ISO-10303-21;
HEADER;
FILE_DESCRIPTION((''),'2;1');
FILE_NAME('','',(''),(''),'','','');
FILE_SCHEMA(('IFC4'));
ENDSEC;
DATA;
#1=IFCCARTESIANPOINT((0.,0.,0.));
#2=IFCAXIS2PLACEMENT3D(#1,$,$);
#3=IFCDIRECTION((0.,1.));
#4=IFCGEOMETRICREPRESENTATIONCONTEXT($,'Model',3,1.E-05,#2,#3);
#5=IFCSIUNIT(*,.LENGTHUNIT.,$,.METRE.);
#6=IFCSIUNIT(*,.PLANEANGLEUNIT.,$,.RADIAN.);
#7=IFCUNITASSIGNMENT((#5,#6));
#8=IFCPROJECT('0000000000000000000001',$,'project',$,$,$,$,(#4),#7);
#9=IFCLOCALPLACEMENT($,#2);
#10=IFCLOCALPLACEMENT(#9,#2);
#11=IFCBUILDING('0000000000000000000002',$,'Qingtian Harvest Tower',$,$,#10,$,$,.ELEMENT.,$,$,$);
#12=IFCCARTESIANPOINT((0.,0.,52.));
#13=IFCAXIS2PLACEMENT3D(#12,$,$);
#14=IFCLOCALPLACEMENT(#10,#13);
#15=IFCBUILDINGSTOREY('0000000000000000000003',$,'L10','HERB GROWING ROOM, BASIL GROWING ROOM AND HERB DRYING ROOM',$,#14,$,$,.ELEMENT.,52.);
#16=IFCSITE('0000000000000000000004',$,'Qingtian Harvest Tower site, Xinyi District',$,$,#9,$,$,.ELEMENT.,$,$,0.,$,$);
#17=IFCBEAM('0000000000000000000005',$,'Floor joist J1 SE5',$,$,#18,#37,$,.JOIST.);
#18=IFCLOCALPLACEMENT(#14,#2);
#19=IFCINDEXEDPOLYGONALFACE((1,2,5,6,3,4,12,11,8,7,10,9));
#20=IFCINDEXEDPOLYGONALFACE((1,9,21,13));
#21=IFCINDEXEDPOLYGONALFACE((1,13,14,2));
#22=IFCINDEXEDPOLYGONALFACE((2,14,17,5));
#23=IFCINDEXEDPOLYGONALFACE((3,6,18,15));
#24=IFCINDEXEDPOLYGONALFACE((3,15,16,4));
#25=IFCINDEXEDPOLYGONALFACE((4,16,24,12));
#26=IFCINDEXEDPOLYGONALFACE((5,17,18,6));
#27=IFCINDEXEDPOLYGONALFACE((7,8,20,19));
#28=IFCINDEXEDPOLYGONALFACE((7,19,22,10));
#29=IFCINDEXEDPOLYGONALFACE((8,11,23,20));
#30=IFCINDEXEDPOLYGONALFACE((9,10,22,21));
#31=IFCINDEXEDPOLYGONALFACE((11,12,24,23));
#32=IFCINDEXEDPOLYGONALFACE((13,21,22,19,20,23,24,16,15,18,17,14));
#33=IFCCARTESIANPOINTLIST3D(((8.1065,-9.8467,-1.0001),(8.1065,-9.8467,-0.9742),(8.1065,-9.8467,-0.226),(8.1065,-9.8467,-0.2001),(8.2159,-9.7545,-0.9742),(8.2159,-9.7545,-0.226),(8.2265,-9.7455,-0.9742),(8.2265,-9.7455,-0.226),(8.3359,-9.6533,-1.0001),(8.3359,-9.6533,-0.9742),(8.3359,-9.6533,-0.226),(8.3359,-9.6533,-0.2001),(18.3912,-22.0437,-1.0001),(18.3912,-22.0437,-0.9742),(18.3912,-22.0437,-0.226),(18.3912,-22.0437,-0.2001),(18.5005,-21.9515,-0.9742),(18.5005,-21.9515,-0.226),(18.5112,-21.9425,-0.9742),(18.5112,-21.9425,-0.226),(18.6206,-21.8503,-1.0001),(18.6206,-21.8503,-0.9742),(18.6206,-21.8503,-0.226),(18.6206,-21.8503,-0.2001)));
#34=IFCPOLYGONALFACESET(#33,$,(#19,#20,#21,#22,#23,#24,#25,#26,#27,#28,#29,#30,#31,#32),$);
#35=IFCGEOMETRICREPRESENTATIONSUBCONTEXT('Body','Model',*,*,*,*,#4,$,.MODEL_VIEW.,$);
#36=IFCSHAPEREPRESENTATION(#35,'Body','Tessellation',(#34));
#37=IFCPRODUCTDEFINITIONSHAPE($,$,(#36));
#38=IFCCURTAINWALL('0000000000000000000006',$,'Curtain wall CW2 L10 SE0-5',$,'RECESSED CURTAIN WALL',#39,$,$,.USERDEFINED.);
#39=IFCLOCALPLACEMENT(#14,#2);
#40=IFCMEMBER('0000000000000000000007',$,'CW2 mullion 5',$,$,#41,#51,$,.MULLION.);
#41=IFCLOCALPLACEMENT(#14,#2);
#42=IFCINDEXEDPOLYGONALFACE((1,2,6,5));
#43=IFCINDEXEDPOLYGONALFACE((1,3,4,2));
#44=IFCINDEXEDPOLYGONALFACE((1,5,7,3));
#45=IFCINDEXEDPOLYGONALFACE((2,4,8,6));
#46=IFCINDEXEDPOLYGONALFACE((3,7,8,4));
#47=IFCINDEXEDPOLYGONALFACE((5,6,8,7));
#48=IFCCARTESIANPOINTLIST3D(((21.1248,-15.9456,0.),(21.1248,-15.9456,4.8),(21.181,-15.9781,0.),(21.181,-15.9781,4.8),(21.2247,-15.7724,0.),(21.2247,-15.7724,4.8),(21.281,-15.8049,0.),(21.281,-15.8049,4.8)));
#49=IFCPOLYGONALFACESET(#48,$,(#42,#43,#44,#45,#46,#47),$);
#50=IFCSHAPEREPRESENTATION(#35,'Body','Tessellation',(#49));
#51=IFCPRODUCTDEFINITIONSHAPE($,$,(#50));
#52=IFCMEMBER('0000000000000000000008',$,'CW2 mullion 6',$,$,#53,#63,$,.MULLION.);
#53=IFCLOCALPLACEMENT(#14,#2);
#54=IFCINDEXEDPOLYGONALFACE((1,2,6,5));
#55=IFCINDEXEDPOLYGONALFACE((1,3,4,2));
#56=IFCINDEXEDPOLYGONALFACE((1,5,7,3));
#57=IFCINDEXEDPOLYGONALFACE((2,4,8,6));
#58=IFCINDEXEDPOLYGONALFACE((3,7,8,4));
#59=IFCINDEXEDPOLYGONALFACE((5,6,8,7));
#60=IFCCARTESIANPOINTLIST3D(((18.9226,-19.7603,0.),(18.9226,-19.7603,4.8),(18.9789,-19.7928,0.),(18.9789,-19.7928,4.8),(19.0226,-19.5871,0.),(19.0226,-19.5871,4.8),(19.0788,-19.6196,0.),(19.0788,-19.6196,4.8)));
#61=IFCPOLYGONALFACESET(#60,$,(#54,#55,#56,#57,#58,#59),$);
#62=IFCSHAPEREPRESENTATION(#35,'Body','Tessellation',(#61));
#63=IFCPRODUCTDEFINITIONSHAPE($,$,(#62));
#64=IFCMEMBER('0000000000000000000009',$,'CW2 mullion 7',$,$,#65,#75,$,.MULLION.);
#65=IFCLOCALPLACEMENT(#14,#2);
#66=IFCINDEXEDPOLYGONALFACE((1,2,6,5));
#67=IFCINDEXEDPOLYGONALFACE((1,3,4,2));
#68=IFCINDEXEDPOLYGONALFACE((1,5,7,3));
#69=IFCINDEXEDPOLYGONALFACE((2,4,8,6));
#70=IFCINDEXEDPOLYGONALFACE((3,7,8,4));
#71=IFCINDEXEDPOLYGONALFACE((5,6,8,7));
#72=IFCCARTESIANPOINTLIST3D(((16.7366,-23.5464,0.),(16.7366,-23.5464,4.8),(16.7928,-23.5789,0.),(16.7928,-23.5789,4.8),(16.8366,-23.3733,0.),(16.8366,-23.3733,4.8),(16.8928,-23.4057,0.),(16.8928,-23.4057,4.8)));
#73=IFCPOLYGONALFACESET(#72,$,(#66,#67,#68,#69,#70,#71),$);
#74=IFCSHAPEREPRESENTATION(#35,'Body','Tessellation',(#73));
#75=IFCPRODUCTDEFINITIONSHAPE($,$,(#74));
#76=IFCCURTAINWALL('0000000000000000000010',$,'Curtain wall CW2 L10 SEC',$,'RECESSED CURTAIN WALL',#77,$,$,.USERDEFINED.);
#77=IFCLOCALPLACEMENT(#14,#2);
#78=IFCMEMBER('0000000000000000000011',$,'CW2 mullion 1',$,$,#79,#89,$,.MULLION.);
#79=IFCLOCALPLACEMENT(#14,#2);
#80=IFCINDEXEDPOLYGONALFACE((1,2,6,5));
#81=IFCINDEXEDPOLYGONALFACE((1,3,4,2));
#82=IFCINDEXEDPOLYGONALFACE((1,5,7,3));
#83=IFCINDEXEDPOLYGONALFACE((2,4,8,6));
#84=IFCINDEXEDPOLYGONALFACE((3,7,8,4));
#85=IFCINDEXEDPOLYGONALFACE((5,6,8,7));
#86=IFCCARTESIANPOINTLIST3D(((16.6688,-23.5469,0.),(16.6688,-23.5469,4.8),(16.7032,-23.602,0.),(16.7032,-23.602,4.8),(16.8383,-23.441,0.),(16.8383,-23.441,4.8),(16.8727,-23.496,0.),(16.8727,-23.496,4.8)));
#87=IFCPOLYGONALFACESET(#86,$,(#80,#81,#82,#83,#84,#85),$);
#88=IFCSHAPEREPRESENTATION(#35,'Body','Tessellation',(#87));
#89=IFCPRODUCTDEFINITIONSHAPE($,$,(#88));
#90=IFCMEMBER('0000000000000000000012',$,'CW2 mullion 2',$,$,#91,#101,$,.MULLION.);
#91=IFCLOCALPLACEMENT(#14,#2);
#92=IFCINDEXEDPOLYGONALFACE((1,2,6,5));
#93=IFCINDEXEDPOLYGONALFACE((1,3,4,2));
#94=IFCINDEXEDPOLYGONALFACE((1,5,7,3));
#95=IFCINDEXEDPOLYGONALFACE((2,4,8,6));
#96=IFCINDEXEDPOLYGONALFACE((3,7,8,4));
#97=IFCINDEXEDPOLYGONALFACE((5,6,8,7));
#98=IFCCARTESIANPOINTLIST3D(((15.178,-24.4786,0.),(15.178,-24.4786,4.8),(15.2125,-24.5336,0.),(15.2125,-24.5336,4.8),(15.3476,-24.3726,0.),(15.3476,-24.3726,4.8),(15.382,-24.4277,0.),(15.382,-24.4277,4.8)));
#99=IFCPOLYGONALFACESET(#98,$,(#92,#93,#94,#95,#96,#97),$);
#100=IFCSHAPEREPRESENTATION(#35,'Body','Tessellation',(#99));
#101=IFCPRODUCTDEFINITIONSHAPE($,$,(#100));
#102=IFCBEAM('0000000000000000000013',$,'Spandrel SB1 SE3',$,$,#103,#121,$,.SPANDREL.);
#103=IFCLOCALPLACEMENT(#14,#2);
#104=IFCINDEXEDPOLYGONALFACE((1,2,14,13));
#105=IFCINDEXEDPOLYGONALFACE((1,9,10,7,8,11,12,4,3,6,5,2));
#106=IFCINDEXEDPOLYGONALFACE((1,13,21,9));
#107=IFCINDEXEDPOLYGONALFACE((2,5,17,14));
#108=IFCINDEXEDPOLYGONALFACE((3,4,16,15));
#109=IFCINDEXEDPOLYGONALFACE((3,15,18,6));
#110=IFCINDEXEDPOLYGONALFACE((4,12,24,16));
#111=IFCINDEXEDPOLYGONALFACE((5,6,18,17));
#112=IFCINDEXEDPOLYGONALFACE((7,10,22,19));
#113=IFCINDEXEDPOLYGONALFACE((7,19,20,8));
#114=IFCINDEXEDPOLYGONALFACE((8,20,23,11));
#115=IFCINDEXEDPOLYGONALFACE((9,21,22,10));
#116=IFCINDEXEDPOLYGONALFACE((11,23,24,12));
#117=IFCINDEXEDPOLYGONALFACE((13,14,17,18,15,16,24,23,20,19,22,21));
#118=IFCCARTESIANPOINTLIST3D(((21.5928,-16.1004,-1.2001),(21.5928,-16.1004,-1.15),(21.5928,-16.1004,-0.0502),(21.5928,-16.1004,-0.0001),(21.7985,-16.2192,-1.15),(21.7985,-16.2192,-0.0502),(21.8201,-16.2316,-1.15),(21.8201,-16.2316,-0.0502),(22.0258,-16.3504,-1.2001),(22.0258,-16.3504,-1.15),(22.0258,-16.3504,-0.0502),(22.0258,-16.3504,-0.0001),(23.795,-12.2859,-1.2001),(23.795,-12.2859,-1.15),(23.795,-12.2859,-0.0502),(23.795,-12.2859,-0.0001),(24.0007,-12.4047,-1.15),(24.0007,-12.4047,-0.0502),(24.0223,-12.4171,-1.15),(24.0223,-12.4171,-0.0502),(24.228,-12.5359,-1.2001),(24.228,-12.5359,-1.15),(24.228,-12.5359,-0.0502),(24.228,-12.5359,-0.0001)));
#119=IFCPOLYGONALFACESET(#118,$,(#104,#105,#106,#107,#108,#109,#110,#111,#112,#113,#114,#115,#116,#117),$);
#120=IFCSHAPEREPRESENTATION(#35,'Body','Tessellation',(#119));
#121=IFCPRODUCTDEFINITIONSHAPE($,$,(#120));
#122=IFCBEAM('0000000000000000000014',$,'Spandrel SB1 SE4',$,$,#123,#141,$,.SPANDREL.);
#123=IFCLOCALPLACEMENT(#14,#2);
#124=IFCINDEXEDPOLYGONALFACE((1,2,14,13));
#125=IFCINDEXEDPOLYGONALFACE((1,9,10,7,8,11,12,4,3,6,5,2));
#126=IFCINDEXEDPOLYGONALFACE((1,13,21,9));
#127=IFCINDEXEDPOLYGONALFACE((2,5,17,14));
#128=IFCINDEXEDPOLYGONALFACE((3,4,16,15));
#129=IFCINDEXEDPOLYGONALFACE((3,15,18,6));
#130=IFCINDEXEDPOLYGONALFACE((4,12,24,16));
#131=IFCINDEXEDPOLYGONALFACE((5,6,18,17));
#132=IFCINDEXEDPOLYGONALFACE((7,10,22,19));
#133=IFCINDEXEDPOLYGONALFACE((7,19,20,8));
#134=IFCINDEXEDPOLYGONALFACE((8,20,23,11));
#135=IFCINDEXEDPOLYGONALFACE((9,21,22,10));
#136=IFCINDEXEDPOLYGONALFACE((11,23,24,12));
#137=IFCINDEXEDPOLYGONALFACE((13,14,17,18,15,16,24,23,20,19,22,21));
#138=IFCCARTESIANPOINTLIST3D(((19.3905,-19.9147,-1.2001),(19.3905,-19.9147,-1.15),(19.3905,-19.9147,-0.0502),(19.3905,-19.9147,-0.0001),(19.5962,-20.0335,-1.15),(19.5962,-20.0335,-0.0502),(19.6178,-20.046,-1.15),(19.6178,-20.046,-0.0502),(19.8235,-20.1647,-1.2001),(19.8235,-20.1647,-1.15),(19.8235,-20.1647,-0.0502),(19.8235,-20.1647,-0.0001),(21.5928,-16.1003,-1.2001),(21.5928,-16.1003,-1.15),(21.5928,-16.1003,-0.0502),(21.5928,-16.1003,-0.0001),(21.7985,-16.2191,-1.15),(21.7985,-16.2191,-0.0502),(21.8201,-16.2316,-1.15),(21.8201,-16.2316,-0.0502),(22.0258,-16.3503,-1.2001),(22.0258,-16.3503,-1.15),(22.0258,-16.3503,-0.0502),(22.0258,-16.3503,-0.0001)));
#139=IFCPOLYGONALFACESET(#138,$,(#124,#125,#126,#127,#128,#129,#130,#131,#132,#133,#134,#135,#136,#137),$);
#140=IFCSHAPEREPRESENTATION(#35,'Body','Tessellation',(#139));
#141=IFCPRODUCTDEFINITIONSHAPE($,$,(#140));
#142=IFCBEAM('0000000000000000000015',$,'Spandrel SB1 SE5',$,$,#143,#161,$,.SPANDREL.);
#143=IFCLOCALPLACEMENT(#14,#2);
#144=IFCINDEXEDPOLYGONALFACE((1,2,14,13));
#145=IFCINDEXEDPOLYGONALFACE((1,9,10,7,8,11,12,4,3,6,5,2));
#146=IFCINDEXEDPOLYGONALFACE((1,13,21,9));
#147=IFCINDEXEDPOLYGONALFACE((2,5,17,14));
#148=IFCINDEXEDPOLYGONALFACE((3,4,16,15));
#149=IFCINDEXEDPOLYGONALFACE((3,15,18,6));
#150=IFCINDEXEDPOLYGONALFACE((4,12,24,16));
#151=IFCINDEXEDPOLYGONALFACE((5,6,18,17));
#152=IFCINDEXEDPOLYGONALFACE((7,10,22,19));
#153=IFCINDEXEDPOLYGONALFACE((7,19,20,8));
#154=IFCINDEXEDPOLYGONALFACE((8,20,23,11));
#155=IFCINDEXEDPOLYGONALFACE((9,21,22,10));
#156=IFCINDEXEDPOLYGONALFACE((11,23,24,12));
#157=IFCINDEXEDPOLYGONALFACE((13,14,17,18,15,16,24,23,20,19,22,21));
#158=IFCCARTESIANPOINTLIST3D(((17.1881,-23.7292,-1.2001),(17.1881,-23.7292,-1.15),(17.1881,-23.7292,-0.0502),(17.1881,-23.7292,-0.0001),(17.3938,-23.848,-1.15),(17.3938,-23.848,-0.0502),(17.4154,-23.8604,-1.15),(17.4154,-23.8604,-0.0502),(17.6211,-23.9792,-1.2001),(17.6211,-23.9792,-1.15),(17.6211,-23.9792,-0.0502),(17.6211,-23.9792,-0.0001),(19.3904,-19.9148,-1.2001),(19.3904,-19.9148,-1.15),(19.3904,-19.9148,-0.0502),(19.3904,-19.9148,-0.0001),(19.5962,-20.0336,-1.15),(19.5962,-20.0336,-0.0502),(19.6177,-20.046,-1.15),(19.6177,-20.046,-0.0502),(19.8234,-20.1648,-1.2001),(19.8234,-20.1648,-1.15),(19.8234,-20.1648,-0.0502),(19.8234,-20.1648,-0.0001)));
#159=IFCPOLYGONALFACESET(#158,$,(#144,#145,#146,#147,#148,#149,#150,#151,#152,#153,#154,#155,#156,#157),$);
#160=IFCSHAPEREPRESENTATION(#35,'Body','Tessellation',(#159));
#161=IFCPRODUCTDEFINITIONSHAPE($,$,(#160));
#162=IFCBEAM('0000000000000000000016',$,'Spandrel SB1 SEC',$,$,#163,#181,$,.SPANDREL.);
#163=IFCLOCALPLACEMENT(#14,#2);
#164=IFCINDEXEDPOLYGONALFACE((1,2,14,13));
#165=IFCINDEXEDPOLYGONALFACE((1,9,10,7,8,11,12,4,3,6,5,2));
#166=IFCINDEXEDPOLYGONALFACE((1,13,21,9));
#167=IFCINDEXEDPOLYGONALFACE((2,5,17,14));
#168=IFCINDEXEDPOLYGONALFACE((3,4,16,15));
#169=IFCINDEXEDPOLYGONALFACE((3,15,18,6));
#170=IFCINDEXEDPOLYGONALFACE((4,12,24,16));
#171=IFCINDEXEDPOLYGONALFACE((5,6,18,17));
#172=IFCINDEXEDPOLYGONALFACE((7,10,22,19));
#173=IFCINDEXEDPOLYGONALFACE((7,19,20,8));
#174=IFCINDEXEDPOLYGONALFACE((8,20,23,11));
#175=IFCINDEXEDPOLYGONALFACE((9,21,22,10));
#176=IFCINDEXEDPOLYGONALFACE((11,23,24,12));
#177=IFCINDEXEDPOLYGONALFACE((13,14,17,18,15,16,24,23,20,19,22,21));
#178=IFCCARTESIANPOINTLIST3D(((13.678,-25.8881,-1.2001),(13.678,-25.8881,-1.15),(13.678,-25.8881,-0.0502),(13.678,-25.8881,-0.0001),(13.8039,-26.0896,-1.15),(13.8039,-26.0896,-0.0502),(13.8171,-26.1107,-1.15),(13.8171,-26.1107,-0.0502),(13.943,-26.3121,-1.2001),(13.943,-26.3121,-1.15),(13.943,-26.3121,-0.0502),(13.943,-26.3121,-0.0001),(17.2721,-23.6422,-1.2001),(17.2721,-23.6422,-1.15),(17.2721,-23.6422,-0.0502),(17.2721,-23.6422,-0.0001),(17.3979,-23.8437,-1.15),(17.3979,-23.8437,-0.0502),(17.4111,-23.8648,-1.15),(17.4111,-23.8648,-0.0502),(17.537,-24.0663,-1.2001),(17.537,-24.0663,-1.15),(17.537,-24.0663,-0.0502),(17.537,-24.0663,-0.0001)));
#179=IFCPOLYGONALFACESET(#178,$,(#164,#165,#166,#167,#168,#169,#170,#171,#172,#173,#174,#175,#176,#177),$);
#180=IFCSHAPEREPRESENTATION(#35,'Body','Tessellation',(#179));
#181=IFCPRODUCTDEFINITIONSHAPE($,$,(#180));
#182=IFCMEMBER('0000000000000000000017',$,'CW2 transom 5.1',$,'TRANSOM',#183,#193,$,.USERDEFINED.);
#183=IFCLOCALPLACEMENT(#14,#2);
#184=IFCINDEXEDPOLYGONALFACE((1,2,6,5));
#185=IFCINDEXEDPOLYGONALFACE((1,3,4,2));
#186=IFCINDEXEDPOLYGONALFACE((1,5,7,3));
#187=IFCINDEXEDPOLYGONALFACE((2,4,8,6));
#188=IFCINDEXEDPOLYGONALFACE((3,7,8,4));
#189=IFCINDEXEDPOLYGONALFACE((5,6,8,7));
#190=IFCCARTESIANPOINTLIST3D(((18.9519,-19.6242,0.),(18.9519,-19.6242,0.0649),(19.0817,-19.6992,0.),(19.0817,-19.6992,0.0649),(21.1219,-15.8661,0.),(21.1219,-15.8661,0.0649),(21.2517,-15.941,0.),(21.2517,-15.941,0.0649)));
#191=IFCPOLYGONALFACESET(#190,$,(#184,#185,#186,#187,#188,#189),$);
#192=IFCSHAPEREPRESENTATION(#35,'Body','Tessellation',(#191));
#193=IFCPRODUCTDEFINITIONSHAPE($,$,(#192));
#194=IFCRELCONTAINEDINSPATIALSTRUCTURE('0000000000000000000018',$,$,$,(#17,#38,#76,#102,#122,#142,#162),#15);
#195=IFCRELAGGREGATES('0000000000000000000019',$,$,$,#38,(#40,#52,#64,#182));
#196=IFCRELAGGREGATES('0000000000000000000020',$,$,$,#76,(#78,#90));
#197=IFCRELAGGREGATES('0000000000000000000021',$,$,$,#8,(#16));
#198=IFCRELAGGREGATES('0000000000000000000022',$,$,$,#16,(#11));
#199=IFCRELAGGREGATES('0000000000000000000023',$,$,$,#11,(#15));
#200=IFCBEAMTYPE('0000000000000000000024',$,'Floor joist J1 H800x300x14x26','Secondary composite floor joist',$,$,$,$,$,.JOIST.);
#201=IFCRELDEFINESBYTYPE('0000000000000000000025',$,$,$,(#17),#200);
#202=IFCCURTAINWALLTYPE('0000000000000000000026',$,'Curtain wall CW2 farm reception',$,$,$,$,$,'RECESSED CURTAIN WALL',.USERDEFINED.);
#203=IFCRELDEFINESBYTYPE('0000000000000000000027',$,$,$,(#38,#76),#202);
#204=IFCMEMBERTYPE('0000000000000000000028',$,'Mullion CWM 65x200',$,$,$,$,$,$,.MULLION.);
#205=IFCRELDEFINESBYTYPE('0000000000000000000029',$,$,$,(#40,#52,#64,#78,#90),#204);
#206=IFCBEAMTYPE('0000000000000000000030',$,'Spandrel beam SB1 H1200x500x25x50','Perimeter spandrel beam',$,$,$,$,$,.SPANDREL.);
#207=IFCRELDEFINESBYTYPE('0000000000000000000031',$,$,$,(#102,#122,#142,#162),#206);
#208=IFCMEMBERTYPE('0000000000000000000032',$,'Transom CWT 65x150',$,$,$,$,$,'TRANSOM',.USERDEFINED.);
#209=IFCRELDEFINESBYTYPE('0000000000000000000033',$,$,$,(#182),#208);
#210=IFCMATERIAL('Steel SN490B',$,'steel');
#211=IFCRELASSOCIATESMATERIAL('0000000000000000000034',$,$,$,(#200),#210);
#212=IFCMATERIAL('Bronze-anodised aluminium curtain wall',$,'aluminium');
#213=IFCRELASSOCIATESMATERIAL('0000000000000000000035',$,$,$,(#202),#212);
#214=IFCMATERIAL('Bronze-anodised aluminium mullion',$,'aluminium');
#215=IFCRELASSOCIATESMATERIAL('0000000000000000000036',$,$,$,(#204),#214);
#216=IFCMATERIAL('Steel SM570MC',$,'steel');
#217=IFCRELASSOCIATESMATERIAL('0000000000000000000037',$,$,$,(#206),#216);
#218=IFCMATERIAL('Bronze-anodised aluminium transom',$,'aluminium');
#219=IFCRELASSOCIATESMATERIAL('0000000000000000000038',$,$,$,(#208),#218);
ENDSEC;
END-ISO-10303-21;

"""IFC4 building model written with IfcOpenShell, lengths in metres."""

from ifc_helpers import new_model, si_unit, direction, frame, origin, origin_2d, place, context, subcontext, project, spatial, rectangle, i_section, extrude, material, material_profile, profile_set, type_object, element, aggregate, save


model = new_model("IFC4")

# Units and contexts
model_context = context("Model", 3, precision=1e-05, world=origin(), true_north=direction((0.0, 1.0)))
body_context = subcontext(model_context, "Body", "Model", "MODEL_VIEW")
ifc_project = project(units=[si_unit("LENGTHUNIT", "METRE"), si_unit("PLANEANGLEUNIT", "RADIAN")], contexts=[model_context])

# Site, building, storey
site_placement = place(None, origin())
site = spatial("IfcSite", under=ifc_project, at=site_placement, Name="Qingtian Harvest Tower site, Xinyi District", CompositionType="ELEMENT", RefElevation=0.0)
building_placement = place(site_placement, origin())
building = spatial("IfcBuilding", under=site, at=building_placement, Name="Qingtian Harvest Tower", CompositionType="ELEMENT")
storey_placement = place(building_placement, frame((0.0, 0.0, 52.0)))
storey = spatial("IfcBuildingStorey", under=building, at=storey_placement, Name="L10", Description="HERB GROWING ROOM, BASIL GROWING ROOM AND HERB DRYING ROOM", CompositionType="ELEMENT", Elevation=52.0)

# Beam
ifc_material_1 = material(Name="Steel SN490B", Category="steel")
ifc_material_profile_1 = material_profile(ifc_material_1, i_section(OverallWidth=0.3, OverallDepth=0.8, WebThickness=0.0139, FlangeThickness=0.0259, at=origin_2d()), Name="H800x300x14x26")
ifc_profile_set_1 = profile_set([ifc_material_profile_1], Name="Steel SN490B")
beam_type_1 = type_object("IfcBeamType", Name="Floor joist J1 H800x300x14x26", Description="Secondary composite floor joist", PredefinedType="JOIST", material=ifc_profile_set_1)
beam_1_placement = place(storey_placement, frame((18.5059, -21.947, -0.6001), z_axis=(-0.64463, 0.764494, 0.0), x_axis=(-0.764494, -0.64463, 0.0)))
element("IfcBeam", 1, at=beam_1_placement, inside=storey, type_object=beam_type_1, Name="Floor joist J1 SE5", PredefinedType="JOIST", context=body_context, shape_type="SweptSolid", body=[
    extrude(i_section(OverallWidth=0.3, OverallDepth=0.8, WebThickness=0.0139, FlangeThickness=0.0259, at=origin_2d()), origin(), (0.0, 0.0, 1.0), 15.9543),
])

# Curtain walls, members
ifc_material_2 = material(Name="Bronze-anodised aluminium curtain wall", Category="aluminium")
curtain_wall_type = type_object("IfcCurtainWallType", Name="Curtain wall CW2 farm reception", ElementType="RECESSED CURTAIN WALL", PredefinedType="USERDEFINED", material=ifc_material_2)
curtain_wall_1_placement = place(storey_placement, origin())
curtain_wall_1 = element("IfcCurtainWall", 2, at=curtain_wall_1_placement, inside=storey, type_object=curtain_wall_type, Name="Curtain wall CW2 L10 SE0-5", ObjectType="RECESSED CURTAIN WALL", PredefinedType="USERDEFINED")
ifc_material_3 = material(Name="Bronze-anodised aluminium mullion", Category="aluminium")
ifc_material_profile_2 = material_profile(ifc_material_3, rectangle(XDim=0.0649, YDim=0.2, at=origin_2d()), Name="AL 65x200")
ifc_profile_set_2 = profile_set([ifc_material_profile_2], Name="Bronze-anodised aluminium mullion")
member_type_1 = type_object("IfcMemberType", Name="Mullion CWM 65x200", PredefinedType="MULLION", material=ifc_profile_set_2)
member_1_placement = place(storey_placement, frame((21.2029, -15.8752, 0.0), z_axis=(0.0, 0.0, 1.0), x_axis=(0.866025, -0.5, 0.0)))
member_1 = element("IfcMember", 3, at=member_1_placement, type_object=member_type_1, Name="CW2 mullion 5", PredefinedType="MULLION", context=body_context, shape_type="SweptSolid", body=[
    extrude(rectangle(XDim=0.0649, YDim=0.2, at=origin_2d()), origin(), (0.0, 0.0, 1.0), 4.8),
])
member_2_placement = place(storey_placement, frame((19.0007, -19.6899, 0.0), z_axis=(0.0, 0.0, 1.0), x_axis=(0.866025, -0.5, 0.0)))
member_2 = element("IfcMember", 4, at=member_2_placement, type_object=member_type_1, Name="CW2 mullion 6", PredefinedType="MULLION", context=body_context, shape_type="SweptSolid", body=[
    extrude(rectangle(XDim=0.0649, YDim=0.2, at=origin_2d()), origin(), (0.0, 0.0, 1.0), 4.8),
])
member_3_placement = place(storey_placement, frame((16.8147, -23.4761, 0.0), z_axis=(0.0, 0.0, 1.0), x_axis=(0.866025, -0.5, 0.0)))
member_3 = element("IfcMember", 5, at=member_3_placement, type_object=member_type_1, Name="CW2 mullion 7", PredefinedType="MULLION", context=body_context, shape_type="SweptSolid", body=[
    extrude(rectangle(XDim=0.0649, YDim=0.2, at=origin_2d()), origin(), (0.0, 0.0, 1.0), 4.8),
])
curtain_wall_2_placement = place(storey_placement, origin())
curtain_wall_2 = element("IfcCurtainWall", 6, at=curtain_wall_2_placement, inside=storey, type_object=curtain_wall_type, Name="Curtain wall CW2 L10 SEC", ObjectType="RECESSED CURTAIN WALL", PredefinedType="USERDEFINED")
member_4_placement = place(storey_placement, frame((16.7708, -23.5215, 0.0), z_axis=(0.0, 0.0, 1.0), x_axis=(0.529919, -0.848048, 0.0)))
member_4 = element("IfcMember", 7, at=member_4_placement, type_object=member_type_1, Name="CW2 mullion 1", PredefinedType="MULLION", context=body_context, shape_type="SweptSolid", body=[
    extrude(rectangle(XDim=0.0649, YDim=0.2, at=origin_2d()), origin(), (0.0, 0.0, 1.0), 4.8),
])
member_5_placement = place(storey_placement, frame((15.28, -24.4531, 0.0), z_axis=(0.0, 0.0, 1.0), x_axis=(0.529919, -0.848048, 0.0)))
member_5 = element("IfcMember", 8, at=member_5_placement, type_object=member_type_1, Name="CW2 mullion 2", PredefinedType="MULLION", context=body_context, shape_type="SweptSolid", body=[
    extrude(rectangle(XDim=0.0649, YDim=0.2, at=origin_2d()), origin(), (0.0, 0.0, 1.0), 4.8),
])

# Beams
ifc_material_4 = material(Name="Steel SM570MC", Category="steel")
ifc_material_profile_3 = material_profile(ifc_material_4, i_section(OverallWidth=0.5, OverallDepth=1.2, WebThickness=0.0249, FlangeThickness=0.05, at=origin_2d()), Name="H1200x500x25x50")
ifc_profile_set_3 = profile_set([ifc_material_profile_3], Name="Steel SM570MC")
beam_type_2 = type_object("IfcBeamType", Name="Spandrel beam SB1 H1200x500x25x50", Description="Perimeter spandrel beam", PredefinedType="SPANDREL", material=ifc_profile_set_3)
for number, where, z_axis, x_axis, name in (
    (9, (24.0115, -12.4109, -0.6001), (-0.499978, -0.866038, 0.0), (0.866038, -0.499978, 0.0), "Spandrel SB1 SE3"),
    (10, (21.8093, -16.2253, -0.6001), (-0.50002, -0.866014, 0.0), (0.866014, -0.50002, 0.0), "Spandrel SB1 SE4"),
    (11, (19.6069, -20.0398, -0.6001), (-0.50002, -0.866014, 0.0), (0.866014, -0.50002, 0.0), "Spandrel SB1 SE5"),
):
    element("IfcBeam", number, at=place(storey_placement, frame(where, z_axis=z_axis, x_axis=x_axis)), inside=storey, type_object=beam_type_2, Name=name, PredefinedType="SPANDREL", context=body_context, shape_type="SweptSolid", body=[
        extrude(i_section(OverallWidth=0.5, OverallDepth=1.2, WebThickness=0.0249, FlangeThickness=0.05, at=origin_2d()), origin(), (0.0, 0.0, 1.0), 4.4045),
    ])
beam_2_placement = place(storey_placement, frame((17.4045, -23.8542, -0.6001), z_axis=(-0.84804, -0.529932, 0.0), x_axis=(0.529932, -0.84804, 0.0)))
element("IfcBeam", 12, at=beam_2_placement, inside=storey, type_object=beam_type_2, Name="Spandrel SB1 SEC", PredefinedType="SPANDREL", context=body_context, shape_type="SweptSolid", body=[
    extrude(i_section(OverallWidth=0.5, OverallDepth=1.2, WebThickness=0.0249, FlangeThickness=0.05, at=origin_2d()), origin(), (0.0, 0.0, 1.0), 4.238),
])

# Member
ifc_material_5 = material(Name="Bronze-anodised aluminium transom", Category="aluminium")
ifc_material_profile_4 = material_profile(ifc_material_5, rectangle(XDim=0.1499, YDim=0.0649, at=origin_2d()), Name="AL 65x150")
ifc_profile_set_4 = profile_set([ifc_material_profile_4], Name="Bronze-anodised aluminium transom")
member_type_2 = type_object("IfcMemberType", Name="Transom CWT 65x150", ElementType="TRANSOM", PredefinedType="USERDEFINED", material=ifc_profile_set_4)
member_6_placement = place(storey_placement, frame((21.1868, -15.9036, 0.0325), z_axis=(-0.500036, -0.866005, 0.0), x_axis=(0.866005, -0.500036, 0.0)))
member_6 = element("IfcMember", 13, at=member_6_placement, type_object=member_type_2, Name="CW2 transom 5.1", ObjectType="TRANSOM", PredefinedType="USERDEFINED", context=body_context, shape_type="SweptSolid", body=[
    extrude(rectangle(XDim=0.1499, YDim=0.0649, at=origin_2d()), origin(), (0.0, 0.0, 1.0), 4.3396),
])

aggregate(curtain_wall_1, [member_1, member_2, member_3, member_6])
aggregate(curtain_wall_2, [member_4, member_5])

save(model, "model.ifc")
